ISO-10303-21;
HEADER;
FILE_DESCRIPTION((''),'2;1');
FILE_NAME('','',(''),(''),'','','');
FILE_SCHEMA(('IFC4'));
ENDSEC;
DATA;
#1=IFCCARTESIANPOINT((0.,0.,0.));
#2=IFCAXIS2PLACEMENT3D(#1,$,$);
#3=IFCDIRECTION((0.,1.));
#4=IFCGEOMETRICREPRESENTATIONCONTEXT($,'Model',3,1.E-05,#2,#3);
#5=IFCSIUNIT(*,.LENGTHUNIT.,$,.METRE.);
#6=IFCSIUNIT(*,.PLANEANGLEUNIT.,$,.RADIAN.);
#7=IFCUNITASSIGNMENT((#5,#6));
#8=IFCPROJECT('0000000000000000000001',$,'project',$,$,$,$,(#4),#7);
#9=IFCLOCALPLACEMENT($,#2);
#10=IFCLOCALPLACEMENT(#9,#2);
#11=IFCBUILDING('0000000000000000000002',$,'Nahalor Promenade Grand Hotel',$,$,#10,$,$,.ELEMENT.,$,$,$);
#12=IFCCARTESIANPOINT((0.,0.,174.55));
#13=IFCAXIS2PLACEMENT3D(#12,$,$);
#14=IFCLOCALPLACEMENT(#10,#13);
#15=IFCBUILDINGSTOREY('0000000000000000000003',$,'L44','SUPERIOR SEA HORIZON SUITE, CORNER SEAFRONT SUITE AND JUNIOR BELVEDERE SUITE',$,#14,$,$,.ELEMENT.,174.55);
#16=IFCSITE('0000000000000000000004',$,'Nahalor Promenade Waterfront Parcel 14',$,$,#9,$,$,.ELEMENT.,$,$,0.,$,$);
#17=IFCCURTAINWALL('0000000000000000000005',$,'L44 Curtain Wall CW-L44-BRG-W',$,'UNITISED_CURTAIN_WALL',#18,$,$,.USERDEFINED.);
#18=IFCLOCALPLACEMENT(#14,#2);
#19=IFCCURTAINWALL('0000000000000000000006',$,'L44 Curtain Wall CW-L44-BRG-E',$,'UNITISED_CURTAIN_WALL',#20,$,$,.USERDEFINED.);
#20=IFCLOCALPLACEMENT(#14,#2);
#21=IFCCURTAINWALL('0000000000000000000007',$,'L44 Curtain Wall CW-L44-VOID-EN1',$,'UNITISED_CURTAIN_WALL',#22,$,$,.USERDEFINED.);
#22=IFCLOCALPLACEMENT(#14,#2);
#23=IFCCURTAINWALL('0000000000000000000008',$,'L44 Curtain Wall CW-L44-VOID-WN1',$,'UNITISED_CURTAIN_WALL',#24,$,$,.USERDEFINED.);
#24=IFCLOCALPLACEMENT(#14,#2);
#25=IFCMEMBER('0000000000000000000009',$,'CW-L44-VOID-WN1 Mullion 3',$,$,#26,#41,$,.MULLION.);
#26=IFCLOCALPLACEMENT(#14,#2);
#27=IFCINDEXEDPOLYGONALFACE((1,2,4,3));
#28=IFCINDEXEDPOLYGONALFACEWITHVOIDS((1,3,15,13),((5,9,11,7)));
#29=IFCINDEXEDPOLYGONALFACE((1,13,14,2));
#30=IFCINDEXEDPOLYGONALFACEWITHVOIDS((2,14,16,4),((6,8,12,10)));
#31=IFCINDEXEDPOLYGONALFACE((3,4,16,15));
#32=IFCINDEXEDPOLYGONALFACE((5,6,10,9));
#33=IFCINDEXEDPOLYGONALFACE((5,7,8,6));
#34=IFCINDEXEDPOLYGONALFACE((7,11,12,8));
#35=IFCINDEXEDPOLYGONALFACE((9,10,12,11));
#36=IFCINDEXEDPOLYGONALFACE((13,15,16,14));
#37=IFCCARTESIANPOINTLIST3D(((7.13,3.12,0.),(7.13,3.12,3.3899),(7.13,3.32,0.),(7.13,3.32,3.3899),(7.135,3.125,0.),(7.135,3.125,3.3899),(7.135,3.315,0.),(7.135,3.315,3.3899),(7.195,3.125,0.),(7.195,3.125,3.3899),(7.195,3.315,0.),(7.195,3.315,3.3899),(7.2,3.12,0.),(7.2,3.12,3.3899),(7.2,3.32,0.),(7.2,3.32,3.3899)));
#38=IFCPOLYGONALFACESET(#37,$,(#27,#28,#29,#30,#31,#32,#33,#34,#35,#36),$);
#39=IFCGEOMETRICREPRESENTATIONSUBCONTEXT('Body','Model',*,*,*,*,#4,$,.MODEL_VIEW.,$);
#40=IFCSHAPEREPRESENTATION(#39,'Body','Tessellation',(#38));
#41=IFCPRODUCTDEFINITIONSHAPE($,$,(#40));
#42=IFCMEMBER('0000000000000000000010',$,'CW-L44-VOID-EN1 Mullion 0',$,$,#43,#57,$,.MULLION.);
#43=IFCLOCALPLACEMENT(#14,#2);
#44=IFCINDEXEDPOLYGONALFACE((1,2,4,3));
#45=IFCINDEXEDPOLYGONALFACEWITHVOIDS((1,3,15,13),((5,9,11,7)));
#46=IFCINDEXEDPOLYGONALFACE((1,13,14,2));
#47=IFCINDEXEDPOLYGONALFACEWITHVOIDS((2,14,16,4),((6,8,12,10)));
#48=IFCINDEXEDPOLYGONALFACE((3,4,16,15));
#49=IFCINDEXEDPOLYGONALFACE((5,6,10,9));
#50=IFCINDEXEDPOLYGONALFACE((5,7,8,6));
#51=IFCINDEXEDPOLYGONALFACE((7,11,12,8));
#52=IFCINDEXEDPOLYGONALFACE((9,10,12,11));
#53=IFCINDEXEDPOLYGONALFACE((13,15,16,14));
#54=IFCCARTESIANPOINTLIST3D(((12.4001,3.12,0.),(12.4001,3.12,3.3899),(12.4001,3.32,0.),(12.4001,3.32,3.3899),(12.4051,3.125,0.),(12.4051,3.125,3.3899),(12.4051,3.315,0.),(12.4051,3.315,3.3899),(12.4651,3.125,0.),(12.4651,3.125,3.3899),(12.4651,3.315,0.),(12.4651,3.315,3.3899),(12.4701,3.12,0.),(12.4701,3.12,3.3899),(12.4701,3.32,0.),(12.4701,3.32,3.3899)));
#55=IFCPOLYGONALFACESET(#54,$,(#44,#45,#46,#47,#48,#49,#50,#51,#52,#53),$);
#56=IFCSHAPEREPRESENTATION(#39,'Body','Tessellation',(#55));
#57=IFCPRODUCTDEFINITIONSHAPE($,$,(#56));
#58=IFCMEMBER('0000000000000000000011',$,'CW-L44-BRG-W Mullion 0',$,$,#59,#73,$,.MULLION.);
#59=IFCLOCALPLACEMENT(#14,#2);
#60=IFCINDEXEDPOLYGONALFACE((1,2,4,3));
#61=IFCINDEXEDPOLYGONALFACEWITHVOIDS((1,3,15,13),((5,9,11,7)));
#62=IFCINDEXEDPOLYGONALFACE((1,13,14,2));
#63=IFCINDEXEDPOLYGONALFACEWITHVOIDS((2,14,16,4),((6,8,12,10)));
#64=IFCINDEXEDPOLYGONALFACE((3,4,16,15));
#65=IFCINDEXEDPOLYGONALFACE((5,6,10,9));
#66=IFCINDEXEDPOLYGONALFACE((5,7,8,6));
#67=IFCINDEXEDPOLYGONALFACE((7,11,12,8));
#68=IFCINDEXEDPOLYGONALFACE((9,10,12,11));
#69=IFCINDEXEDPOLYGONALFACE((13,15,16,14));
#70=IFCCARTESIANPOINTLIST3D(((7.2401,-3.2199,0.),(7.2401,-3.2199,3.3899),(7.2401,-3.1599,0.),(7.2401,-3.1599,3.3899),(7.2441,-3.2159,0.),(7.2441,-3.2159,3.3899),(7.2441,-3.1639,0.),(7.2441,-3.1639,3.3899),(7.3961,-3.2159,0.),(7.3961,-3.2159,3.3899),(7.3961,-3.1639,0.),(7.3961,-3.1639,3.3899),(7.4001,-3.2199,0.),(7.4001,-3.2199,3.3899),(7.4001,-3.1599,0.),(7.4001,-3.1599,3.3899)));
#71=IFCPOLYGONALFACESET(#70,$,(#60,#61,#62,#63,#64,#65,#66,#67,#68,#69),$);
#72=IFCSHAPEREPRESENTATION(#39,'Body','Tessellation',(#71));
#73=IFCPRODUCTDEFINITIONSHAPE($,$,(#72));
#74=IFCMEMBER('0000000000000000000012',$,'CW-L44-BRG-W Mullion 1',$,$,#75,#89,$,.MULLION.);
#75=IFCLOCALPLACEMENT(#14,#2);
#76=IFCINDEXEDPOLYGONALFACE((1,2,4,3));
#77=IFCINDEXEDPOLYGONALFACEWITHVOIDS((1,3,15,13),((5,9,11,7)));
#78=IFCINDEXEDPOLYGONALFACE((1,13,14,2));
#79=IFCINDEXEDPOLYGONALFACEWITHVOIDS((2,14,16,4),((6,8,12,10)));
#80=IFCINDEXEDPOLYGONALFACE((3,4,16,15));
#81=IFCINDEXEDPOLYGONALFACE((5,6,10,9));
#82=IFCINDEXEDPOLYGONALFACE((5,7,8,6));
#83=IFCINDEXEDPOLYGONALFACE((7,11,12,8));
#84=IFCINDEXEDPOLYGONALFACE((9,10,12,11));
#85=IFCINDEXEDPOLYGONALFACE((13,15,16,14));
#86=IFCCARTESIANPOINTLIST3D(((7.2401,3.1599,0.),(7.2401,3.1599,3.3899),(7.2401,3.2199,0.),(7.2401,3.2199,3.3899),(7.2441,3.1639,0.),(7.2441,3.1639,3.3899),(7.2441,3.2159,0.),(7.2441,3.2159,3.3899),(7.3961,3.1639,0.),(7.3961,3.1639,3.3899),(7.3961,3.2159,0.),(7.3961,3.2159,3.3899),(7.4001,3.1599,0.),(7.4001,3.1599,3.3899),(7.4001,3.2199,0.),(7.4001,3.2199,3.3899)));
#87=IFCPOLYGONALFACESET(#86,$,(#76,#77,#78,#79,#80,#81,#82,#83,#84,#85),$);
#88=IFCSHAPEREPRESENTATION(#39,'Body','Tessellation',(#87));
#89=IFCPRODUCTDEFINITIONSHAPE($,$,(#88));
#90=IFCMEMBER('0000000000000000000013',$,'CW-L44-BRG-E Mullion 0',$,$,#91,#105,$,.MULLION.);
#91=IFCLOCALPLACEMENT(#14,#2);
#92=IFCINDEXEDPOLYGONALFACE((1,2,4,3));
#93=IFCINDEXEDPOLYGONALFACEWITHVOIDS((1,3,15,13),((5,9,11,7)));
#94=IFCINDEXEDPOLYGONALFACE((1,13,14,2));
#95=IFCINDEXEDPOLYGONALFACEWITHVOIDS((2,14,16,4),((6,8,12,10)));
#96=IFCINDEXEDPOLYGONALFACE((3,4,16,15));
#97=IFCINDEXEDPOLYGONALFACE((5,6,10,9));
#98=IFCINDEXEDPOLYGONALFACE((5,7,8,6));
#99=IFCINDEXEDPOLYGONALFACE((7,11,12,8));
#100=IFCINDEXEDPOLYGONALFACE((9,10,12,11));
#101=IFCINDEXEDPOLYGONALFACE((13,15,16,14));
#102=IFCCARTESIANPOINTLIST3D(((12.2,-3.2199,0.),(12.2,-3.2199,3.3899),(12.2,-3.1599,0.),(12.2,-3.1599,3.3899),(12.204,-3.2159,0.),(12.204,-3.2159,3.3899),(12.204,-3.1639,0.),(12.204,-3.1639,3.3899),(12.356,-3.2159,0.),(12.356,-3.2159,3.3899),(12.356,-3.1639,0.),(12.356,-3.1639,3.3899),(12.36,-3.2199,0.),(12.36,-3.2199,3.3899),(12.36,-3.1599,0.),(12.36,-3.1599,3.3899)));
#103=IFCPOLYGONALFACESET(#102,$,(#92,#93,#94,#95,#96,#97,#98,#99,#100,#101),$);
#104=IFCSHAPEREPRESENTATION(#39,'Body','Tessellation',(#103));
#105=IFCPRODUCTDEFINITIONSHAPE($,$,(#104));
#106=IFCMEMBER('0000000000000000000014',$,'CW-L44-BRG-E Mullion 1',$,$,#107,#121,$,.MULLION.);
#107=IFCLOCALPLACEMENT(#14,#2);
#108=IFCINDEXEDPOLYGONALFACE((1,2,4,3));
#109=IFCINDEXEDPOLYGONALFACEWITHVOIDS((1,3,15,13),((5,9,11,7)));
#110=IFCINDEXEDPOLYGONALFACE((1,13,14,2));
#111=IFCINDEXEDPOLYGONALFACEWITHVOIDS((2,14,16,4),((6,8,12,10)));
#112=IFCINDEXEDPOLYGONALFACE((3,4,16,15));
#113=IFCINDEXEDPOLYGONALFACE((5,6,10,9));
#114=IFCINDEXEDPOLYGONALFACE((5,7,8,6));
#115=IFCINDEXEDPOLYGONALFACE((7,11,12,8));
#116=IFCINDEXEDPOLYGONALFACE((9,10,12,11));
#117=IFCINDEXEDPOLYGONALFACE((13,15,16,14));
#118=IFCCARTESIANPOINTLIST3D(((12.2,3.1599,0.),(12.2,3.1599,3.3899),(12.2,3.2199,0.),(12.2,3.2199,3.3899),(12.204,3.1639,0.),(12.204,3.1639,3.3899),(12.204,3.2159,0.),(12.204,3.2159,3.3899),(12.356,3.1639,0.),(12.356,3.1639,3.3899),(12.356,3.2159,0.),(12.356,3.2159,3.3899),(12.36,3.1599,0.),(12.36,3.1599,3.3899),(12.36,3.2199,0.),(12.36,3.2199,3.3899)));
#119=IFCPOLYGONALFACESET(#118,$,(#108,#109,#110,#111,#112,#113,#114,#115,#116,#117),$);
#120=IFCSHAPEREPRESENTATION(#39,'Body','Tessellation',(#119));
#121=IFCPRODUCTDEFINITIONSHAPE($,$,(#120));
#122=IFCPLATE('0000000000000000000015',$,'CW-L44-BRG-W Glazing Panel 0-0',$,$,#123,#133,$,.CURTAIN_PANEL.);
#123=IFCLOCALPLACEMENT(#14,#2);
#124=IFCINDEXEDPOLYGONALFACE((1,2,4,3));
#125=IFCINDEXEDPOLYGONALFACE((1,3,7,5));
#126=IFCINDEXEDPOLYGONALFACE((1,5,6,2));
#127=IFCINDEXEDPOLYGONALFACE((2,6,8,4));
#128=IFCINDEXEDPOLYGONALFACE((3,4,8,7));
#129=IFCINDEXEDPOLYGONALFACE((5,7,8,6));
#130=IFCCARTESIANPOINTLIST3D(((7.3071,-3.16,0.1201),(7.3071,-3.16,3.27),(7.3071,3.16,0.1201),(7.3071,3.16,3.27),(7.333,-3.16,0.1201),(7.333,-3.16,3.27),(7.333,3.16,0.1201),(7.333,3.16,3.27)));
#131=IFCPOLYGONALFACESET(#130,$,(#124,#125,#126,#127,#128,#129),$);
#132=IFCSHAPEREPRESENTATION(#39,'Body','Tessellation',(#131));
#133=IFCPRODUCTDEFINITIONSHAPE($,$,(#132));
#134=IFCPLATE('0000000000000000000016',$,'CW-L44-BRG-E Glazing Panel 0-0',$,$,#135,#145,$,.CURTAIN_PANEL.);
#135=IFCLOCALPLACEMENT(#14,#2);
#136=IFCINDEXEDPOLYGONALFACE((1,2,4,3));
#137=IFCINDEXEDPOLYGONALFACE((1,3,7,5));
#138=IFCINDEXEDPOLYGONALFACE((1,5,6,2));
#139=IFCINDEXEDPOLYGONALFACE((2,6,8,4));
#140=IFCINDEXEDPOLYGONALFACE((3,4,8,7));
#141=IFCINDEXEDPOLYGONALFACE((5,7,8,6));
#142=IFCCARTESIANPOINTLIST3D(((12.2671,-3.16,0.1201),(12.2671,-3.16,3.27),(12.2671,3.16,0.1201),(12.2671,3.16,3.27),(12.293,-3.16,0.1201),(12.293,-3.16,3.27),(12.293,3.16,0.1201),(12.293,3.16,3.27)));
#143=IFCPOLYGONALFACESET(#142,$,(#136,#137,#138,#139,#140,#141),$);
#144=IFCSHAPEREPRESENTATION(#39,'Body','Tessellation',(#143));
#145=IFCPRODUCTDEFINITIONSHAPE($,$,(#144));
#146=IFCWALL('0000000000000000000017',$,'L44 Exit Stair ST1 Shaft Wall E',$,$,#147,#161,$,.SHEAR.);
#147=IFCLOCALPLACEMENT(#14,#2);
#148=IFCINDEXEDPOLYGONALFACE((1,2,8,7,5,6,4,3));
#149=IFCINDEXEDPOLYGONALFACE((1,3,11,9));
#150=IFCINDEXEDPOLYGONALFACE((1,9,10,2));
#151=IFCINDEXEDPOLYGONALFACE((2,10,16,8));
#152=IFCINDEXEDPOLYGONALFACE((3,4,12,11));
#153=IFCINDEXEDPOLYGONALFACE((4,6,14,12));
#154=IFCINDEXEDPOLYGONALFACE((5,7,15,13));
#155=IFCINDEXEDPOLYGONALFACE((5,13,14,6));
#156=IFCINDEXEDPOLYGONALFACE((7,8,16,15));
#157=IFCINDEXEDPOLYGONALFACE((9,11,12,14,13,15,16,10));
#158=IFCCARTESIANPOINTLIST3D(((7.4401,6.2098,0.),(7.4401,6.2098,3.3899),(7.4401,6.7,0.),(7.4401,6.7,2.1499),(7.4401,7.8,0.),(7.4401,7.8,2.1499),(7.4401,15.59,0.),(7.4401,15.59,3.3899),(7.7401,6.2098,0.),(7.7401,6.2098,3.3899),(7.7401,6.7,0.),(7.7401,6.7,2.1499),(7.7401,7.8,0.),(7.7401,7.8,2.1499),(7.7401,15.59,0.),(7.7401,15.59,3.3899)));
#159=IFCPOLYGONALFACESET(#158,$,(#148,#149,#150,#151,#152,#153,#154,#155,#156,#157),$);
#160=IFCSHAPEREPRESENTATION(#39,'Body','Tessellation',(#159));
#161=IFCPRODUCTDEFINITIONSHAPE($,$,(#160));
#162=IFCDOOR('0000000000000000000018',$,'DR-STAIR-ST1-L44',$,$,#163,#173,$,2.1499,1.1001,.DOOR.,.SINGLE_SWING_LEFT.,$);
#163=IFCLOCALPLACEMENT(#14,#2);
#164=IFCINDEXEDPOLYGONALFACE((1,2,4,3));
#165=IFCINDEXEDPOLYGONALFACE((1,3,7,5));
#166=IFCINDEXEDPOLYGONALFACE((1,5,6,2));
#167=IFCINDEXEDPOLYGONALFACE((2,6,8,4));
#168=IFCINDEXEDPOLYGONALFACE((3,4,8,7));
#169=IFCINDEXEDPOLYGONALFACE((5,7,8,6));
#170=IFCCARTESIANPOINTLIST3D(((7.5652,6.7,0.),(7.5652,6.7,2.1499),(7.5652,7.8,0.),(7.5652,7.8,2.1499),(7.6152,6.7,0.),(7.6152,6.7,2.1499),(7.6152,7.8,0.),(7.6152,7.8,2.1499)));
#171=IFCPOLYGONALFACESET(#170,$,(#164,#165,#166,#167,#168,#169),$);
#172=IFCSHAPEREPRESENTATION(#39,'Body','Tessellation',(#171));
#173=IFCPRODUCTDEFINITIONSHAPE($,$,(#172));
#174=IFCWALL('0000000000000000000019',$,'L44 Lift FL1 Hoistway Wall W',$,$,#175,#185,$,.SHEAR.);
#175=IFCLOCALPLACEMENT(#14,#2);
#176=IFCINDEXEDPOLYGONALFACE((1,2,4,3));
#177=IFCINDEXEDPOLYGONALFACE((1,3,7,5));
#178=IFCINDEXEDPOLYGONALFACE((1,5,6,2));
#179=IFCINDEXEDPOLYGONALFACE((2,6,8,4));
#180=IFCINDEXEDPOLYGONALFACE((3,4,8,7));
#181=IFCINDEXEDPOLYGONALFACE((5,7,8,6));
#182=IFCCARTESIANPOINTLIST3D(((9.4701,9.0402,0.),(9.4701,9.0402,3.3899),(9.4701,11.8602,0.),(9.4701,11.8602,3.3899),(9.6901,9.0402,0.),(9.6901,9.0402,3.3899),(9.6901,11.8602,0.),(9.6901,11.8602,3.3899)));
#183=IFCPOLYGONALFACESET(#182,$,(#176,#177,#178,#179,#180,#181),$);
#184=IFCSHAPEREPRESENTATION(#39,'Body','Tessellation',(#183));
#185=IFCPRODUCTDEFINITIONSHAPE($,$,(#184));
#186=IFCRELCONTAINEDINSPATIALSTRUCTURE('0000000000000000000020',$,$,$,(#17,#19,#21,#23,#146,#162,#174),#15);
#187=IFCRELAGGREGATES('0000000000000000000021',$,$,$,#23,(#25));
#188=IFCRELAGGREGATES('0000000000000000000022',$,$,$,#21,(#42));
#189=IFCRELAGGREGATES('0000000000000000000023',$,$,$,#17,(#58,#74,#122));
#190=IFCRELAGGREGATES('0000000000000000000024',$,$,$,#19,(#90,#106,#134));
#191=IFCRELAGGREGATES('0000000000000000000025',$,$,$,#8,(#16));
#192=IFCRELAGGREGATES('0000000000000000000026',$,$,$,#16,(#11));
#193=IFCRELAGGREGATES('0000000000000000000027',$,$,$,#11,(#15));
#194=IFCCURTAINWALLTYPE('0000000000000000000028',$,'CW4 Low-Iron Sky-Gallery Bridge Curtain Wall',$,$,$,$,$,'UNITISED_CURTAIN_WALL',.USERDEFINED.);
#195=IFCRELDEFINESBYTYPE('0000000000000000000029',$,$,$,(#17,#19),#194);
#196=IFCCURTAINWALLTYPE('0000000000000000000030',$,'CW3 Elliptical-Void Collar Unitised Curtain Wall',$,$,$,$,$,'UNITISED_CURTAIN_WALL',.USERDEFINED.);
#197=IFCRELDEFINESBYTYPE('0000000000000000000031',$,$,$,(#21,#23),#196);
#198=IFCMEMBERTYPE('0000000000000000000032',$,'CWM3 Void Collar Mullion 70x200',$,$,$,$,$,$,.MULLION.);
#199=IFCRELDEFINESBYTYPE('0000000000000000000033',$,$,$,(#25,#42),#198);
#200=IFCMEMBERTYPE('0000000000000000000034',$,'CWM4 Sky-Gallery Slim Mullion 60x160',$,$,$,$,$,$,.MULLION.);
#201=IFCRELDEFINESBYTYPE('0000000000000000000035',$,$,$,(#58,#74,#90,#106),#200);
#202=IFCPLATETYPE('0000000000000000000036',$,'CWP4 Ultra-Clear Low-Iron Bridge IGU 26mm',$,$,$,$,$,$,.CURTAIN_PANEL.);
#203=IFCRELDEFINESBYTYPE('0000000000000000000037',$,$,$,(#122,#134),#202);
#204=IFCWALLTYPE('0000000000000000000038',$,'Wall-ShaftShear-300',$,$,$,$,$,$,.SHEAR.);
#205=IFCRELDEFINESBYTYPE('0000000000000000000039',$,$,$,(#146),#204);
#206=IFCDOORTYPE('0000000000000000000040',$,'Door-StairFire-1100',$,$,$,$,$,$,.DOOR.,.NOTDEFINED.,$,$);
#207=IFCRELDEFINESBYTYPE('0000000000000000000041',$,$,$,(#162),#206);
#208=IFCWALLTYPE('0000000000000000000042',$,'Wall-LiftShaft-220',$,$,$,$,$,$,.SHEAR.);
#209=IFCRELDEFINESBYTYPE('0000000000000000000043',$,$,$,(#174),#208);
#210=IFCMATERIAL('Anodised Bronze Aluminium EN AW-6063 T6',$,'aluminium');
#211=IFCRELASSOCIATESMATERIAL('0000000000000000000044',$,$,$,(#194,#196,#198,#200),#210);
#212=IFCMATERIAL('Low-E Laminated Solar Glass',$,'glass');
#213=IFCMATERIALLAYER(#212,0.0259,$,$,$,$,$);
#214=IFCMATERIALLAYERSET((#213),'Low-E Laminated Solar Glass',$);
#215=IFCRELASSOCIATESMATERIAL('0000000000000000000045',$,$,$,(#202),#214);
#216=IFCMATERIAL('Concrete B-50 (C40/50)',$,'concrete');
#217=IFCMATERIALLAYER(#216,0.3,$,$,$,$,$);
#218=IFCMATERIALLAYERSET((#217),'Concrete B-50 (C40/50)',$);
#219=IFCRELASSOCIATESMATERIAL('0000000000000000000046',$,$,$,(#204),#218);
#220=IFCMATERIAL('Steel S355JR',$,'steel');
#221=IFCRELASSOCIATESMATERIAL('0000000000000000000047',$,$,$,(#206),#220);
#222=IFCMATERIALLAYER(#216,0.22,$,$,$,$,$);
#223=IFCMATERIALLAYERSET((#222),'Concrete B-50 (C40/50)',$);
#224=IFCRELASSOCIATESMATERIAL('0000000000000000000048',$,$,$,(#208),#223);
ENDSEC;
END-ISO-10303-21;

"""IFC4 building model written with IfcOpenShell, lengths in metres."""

from ifc_helpers import new_model, si_unit, direction, frame, frame_2d, origin, origin_2d, place, context, subcontext, project, spatial, rectangle, hollow_rectangle, extrude, source, transform, mapped, material, layer, layer_set, material_profile, profile_set, type_object, element, fill, aggregate, save


model = new_model("IFC4")

# Units and contexts
model_context = context("Model", 3, precision=1e-05, world=origin(), true_north=direction((0.0, 1.0)))
body_context = subcontext(model_context, "Body", "Model", "MODEL_VIEW")
ifc_project = project(units=[si_unit("LENGTHUNIT", "METRE"), si_unit("PLANEANGLEUNIT", "RADIAN")], contexts=[model_context])

# Site, building, storey
site_placement = place(None, origin())
site = spatial("IfcSite", under=ifc_project, at=site_placement, Name="Nahalor Promenade Waterfront Parcel 14", CompositionType="ELEMENT", RefElevation=0.0)
building_placement = place(site_placement, origin())
building = spatial("IfcBuilding", under=site, at=building_placement, Name="Nahalor Promenade Grand Hotel", CompositionType="ELEMENT")
storey_placement = place(building_placement, frame((0.0, 0.0, 174.55)))
storey = spatial("IfcBuildingStorey", under=building, at=storey_placement, Name="L44", Description="SUPERIOR SEA HORIZON SUITE, CORNER SEAFRONT SUITE AND JUNIOR BELVEDERE SUITE", CompositionType="ELEMENT", Elevation=174.55)

# Shared definitions
ifc_material_1 = material(Name="Steel S355JR", Category="steel")

# Curtain walls
ifc_material_2 = material(Name="Anodised Bronze Aluminium EN AW-6063 T6", Category="aluminium")
curtain_wall_type_1 = type_object("IfcCurtainWallType", Name="CW4 Low-Iron Sky-Gallery Bridge Curtain Wall", ElementType="UNITISED_CURTAIN_WALL", PredefinedType="USERDEFINED", material=ifc_material_2)
curtain_wall_1_placement = place(storey_placement, origin())
curtain_wall_1 = element("IfcCurtainWall", 1, at=curtain_wall_1_placement, inside=storey, type_object=curtain_wall_type_1, Name="L44 Curtain Wall CW-L44-BRG-W", ObjectType="UNITISED_CURTAIN_WALL", PredefinedType="USERDEFINED")
curtain_wall_2_placement = place(storey_placement, origin())
curtain_wall_2 = element("IfcCurtainWall", 2, at=curtain_wall_2_placement, inside=storey, type_object=curtain_wall_type_1, Name="L44 Curtain Wall CW-L44-BRG-E", ObjectType="UNITISED_CURTAIN_WALL", PredefinedType="USERDEFINED")
curtain_wall_type_2 = type_object("IfcCurtainWallType", Name="CW3 Elliptical-Void Collar Unitised Curtain Wall", ElementType="UNITISED_CURTAIN_WALL", PredefinedType="USERDEFINED", material=ifc_material_2)
curtain_wall_3_placement = place(storey_placement, origin())
curtain_wall_3 = element("IfcCurtainWall", 3, at=curtain_wall_3_placement, inside=storey, type_object=curtain_wall_type_2, Name="L44 Curtain Wall CW-L44-VOID-EN1", ObjectType="UNITISED_CURTAIN_WALL", PredefinedType="USERDEFINED")

# Curtain wall, member
curtain_wall_4_placement = place(storey_placement, origin())
curtain_wall_4 = element("IfcCurtainWall", 4, at=curtain_wall_4_placement, inside=storey, type_object=curtain_wall_type_2, Name="L44 Curtain Wall CW-L44-VOID-WN1", ObjectType="UNITISED_CURTAIN_WALL", PredefinedType="USERDEFINED")
ifc_material_profile_1 = material_profile(ifc_material_2, hollow_rectangle(XDim=0.07, YDim=0.2, WallThickness=0.005, at=origin_2d()), Name="CWM 70x200x5")
ifc_profile_set_1 = profile_set([ifc_material_profile_1], Name="Anodised Bronze Aluminium EN AW-6063 T6")
member_type_1 = type_object("IfcMemberType", Name="CWM3 Void Collar Mullion 70x200", PredefinedType="MULLION", material=ifc_profile_set_1)
shared_shape_1 = source(origin(), body_context, "Body", "SweptSolid", [
    extrude(hollow_rectangle(XDim=0.07, YDim=0.2, WallThickness=0.005, at=origin_2d()), origin(), (0.0, 0.0, 1.0), 3.3899),
])
member_1_placement = place(storey_placement, frame((7.165, 3.22, 0.0), z_axis=(0.0, 0.0, 1.0), x_axis=(1.0, 0.0, 0.0)))
member_1 = element("IfcMember", 5, at=member_1_placement, type_object=member_type_1, Name="CW-L44-VOID-WN1 Mullion 3", PredefinedType="MULLION", context=body_context, shape_type="MappedRepresentation", body=[
    mapped(shared_shape_1, transform((0.0, 0.0, 0.0), scale=1.0)),
])
aggregate(curtain_wall_4, [member_1])

# Members
member_2_placement = place(storey_placement, frame((12.4351, 3.22, 0.0), z_axis=(0.0, 0.0, 1.0), x_axis=(1.0, 0.0, 0.0)))
member_2 = element("IfcMember", 6, at=member_2_placement, type_object=member_type_1, Name="CW-L44-VOID-EN1 Mullion 0", PredefinedType="MULLION", context=body_context, shape_type="MappedRepresentation", body=[
    mapped(shared_shape_1, transform((0.0, 0.0, 0.0), scale=1.0)),
])
aggregate(curtain_wall_3, [member_2])
ifc_material_profile_2 = material_profile(ifc_material_2, hollow_rectangle(XDim=0.06, YDim=0.16, WallThickness=0.004, at=origin_2d()), Name="CWM 60x160x4")
ifc_profile_set_2 = profile_set([ifc_material_profile_2], Name="Anodised Bronze Aluminium EN AW-6063 T6")
member_type_2 = type_object("IfcMemberType", Name="CWM4 Sky-Gallery Slim Mullion 60x160", PredefinedType="MULLION", material=ifc_profile_set_2)
shared_shape_2 = source(origin(), body_context, "Body", "SweptSolid", [
    extrude(hollow_rectangle(XDim=0.06, YDim=0.16, WallThickness=0.004, at=origin_2d()), origin(), (0.0, 0.0, 1.0), 3.3899),
])
member_3_placement = place(storey_placement, frame((7.3201, -3.1899, 0.0), z_axis=(0.0, 0.0, 1.0), x_axis=(0.0, 1.0, 0.0)))
member_3 = element("IfcMember", 7, at=member_3_placement, type_object=member_type_2, Name="CW-L44-BRG-W Mullion 0", PredefinedType="MULLION", context=body_context, shape_type="MappedRepresentation", body=[
    mapped(shared_shape_2, transform((0.0, 0.0, 0.0), scale=1.0)),
])
member_4_placement = place(storey_placement, frame((7.3201, 3.1899, 0.0), z_axis=(0.0, 0.0, 1.0), x_axis=(0.0, 1.0, 0.0)))
member_4 = element("IfcMember", 8, at=member_4_placement, type_object=member_type_2, Name="CW-L44-BRG-W Mullion 1", PredefinedType="MULLION", context=body_context, shape_type="MappedRepresentation", body=[
    mapped(shared_shape_2, transform((0.0, 0.0, 0.0), scale=1.0)),
])
member_5_placement = place(storey_placement, frame((12.28, -3.1899, 0.0), z_axis=(0.0, 0.0, 1.0), x_axis=(0.0, 1.0, 0.0)))
member_5 = element("IfcMember", 9, at=member_5_placement, type_object=member_type_2, Name="CW-L44-BRG-E Mullion 0", PredefinedType="MULLION", context=body_context, shape_type="MappedRepresentation", body=[
    mapped(shared_shape_2, transform((0.0, 0.0, 0.0), scale=1.0)),
])
member_6_placement = place(storey_placement, frame((12.28, 3.1899, 0.0), z_axis=(0.0, 0.0, 1.0), x_axis=(0.0, 1.0, 0.0)))
member_6 = element("IfcMember", 10, at=member_6_placement, type_object=member_type_2, Name="CW-L44-BRG-E Mullion 1", PredefinedType="MULLION", context=body_context, shape_type="MappedRepresentation", body=[
    mapped(shared_shape_2, transform((0.0, 0.0, 0.0), scale=1.0)),
])

# Plates
ifc_material_3 = material(Name="Low-E Laminated Solar Glass", Category="glass")
ifc_layer_1 = layer(ifc_material_3, 0.0259)
ifc_layer_set_1 = layer_set([ifc_layer_1], Name="Low-E Laminated Solar Glass")
plate_type = type_object("IfcPlateType", Name="CWP4 Ultra-Clear Low-Iron Bridge IGU 26mm", PredefinedType="CURTAIN_PANEL", material=ifc_layer_set_1)
shared_shape_3 = source(origin(), body_context, "Body", "SweptSolid", [
    extrude(rectangle(XDim=6.3201, YDim=0.0259, at=origin_2d()), origin(), (0.0, 0.0, 1.0), 3.1499),
])
plate_1_placement = place(storey_placement, frame((7.3201, 0.0, 0.1201), z_axis=(0.0, 0.0, 1.0), x_axis=(0.0, 1.0, 0.0)))
plate_1 = element("IfcPlate", 11, at=plate_1_placement, type_object=plate_type, Name="CW-L44-BRG-W Glazing Panel 0-0", PredefinedType="CURTAIN_PANEL", context=body_context, shape_type="MappedRepresentation", body=[
    mapped(shared_shape_3, transform((0.0, 0.0, 0.0), scale=1.0)),
])
aggregate(curtain_wall_1, [member_3, member_4, plate_1])
plate_2_placement = place(storey_placement, frame((12.28, 0.0, 0.1201), z_axis=(0.0, 0.0, 1.0), x_axis=(0.0, 1.0, 0.0)))
plate_2 = element("IfcPlate", 12, at=plate_2_placement, type_object=plate_type, Name="CW-L44-BRG-E Glazing Panel 0-0", PredefinedType="CURTAIN_PANEL", context=body_context, shape_type="MappedRepresentation", body=[
    mapped(shared_shape_3, transform((0.0, 0.0, 0.0), scale=1.0)),
])
aggregate(curtain_wall_2, [member_5, member_6, plate_2])

# Wall, opening, door
ifc_material_4 = material(Name="Concrete B-50 (C40/50)", Category="concrete")
ifc_layer_2 = layer(ifc_material_4, 0.3)
ifc_layer_set_2 = layer_set([ifc_layer_2], Name="Concrete B-50 (C40/50)")
wall_type_1 = type_object("IfcWallType", Name="Wall-ShaftShear-300", PredefinedType="SHEAR", material=ifc_layer_set_2)
shared_shape_4 = source(origin(), body_context, "Body", "SweptSolid", [
    extrude(rectangle(XDim=9.3801, YDim=0.3, at=frame_2d((4.6899, 0.0))), origin(), (0.0, 0.0, 1.0), 3.3899),
])
wall_1_placement = place(storey_placement, frame((7.5901, 6.21, 0.0), z_axis=(0.0, 0.0, 1.0), x_axis=(0.0, 1.0, 0.0)))
wall_1 = element("IfcWall", 13, at=wall_1_placement, inside=storey, type_object=wall_type_1, Name="L44 Exit Stair ST1 Shaft Wall E", PredefinedType="SHEAR", context=body_context, shape_type="MappedRepresentation", body=[
    mapped(shared_shape_4, transform((0.0, 0.0, 0.0), scale=1.0)),
])
opening_1_placement = place(wall_1_placement, frame((0.49, 0.0, 0.0)))
opening_1 = element("IfcOpeningElement", 14, at=opening_1_placement, cuts=wall_1, PredefinedType="OPENING", context=body_context, shape_type="SweptSolid", body=[
    extrude(rectangle(XDim=1.1001, YDim=2.1499, at=frame_2d((0.55, 1.075))), frame((0.0, 0.1599, 0.0), z_axis=(0.0, -1.0, 0.0), x_axis=(1.0, 0.0, 0.0)), (0.0, 0.0, 1.0), 0.3201),
])
door_type_1 = type_object("IfcDoorType", Name="Door-StairFire-1100", OperationType="NOTDEFINED", PredefinedType="DOOR", material=ifc_material_1)
shared_shape_5 = source(origin(), body_context, "Body", "SweptSolid", [
    extrude(rectangle(XDim=1.1001, YDim=2.1499, at=frame_2d((0.55, 1.075))), frame((0.0, 0.0249, 0.0), z_axis=(0.0, -1.0, 0.0), x_axis=(1.0, 0.0, 0.0)), (0.0, 0.0, 1.0), 0.05),
])
door_1_placement = place(opening_1_placement, origin())
door_1 = element("IfcDoor", 15, at=door_1_placement, inside=storey, type_object=door_type_1, Name="DR-STAIR-ST1-L44", OperationType="SINGLE_SWING_LEFT", OverallHeight=2.1499, OverallWidth=1.1001, PredefinedType="DOOR", context=body_context, shape_type="MappedRepresentation", body=[
    mapped(shared_shape_5, transform((0.0, 0.0, 0.0), scale=1.0)),
])
fill(opening_1, door_1)

# Wall
ifc_layer_3 = layer(ifc_material_4, 0.22)
ifc_layer_set_3 = layer_set([ifc_layer_3], Name="Concrete B-50 (C40/50)")
wall_type_2 = type_object("IfcWallType", Name="Wall-LiftShaft-220", PredefinedType="SHEAR", material=ifc_layer_set_3)
shared_shape_6 = source(origin(), body_context, "Body", "SweptSolid", [
    extrude(rectangle(XDim=2.8201, YDim=0.22, at=frame_2d((1.4102, 0.0))), origin(), (0.0, 0.0, 1.0), 3.3899),
])
for number, where, z_axis, x_axis, name in (
    (16, (9.5801, 9.04, 0.0), (0.0, 0.0, 1.0), (0.0, 1.0, 0.0), "L44 Lift FL1 Hoistway Wall W"),
):
    element("IfcWall", number, at=place(storey_placement, frame(where, z_axis=z_axis, x_axis=x_axis)), inside=storey, type_object=wall_type_2, Name=name, PredefinedType="SHEAR", context=body_context, shape_type="MappedRepresentation", body=[
        mapped(shared_shape_6, transform((0.0, 0.0, 0.0), scale=1.0)),
    ])

save(model, "model.ifc")
